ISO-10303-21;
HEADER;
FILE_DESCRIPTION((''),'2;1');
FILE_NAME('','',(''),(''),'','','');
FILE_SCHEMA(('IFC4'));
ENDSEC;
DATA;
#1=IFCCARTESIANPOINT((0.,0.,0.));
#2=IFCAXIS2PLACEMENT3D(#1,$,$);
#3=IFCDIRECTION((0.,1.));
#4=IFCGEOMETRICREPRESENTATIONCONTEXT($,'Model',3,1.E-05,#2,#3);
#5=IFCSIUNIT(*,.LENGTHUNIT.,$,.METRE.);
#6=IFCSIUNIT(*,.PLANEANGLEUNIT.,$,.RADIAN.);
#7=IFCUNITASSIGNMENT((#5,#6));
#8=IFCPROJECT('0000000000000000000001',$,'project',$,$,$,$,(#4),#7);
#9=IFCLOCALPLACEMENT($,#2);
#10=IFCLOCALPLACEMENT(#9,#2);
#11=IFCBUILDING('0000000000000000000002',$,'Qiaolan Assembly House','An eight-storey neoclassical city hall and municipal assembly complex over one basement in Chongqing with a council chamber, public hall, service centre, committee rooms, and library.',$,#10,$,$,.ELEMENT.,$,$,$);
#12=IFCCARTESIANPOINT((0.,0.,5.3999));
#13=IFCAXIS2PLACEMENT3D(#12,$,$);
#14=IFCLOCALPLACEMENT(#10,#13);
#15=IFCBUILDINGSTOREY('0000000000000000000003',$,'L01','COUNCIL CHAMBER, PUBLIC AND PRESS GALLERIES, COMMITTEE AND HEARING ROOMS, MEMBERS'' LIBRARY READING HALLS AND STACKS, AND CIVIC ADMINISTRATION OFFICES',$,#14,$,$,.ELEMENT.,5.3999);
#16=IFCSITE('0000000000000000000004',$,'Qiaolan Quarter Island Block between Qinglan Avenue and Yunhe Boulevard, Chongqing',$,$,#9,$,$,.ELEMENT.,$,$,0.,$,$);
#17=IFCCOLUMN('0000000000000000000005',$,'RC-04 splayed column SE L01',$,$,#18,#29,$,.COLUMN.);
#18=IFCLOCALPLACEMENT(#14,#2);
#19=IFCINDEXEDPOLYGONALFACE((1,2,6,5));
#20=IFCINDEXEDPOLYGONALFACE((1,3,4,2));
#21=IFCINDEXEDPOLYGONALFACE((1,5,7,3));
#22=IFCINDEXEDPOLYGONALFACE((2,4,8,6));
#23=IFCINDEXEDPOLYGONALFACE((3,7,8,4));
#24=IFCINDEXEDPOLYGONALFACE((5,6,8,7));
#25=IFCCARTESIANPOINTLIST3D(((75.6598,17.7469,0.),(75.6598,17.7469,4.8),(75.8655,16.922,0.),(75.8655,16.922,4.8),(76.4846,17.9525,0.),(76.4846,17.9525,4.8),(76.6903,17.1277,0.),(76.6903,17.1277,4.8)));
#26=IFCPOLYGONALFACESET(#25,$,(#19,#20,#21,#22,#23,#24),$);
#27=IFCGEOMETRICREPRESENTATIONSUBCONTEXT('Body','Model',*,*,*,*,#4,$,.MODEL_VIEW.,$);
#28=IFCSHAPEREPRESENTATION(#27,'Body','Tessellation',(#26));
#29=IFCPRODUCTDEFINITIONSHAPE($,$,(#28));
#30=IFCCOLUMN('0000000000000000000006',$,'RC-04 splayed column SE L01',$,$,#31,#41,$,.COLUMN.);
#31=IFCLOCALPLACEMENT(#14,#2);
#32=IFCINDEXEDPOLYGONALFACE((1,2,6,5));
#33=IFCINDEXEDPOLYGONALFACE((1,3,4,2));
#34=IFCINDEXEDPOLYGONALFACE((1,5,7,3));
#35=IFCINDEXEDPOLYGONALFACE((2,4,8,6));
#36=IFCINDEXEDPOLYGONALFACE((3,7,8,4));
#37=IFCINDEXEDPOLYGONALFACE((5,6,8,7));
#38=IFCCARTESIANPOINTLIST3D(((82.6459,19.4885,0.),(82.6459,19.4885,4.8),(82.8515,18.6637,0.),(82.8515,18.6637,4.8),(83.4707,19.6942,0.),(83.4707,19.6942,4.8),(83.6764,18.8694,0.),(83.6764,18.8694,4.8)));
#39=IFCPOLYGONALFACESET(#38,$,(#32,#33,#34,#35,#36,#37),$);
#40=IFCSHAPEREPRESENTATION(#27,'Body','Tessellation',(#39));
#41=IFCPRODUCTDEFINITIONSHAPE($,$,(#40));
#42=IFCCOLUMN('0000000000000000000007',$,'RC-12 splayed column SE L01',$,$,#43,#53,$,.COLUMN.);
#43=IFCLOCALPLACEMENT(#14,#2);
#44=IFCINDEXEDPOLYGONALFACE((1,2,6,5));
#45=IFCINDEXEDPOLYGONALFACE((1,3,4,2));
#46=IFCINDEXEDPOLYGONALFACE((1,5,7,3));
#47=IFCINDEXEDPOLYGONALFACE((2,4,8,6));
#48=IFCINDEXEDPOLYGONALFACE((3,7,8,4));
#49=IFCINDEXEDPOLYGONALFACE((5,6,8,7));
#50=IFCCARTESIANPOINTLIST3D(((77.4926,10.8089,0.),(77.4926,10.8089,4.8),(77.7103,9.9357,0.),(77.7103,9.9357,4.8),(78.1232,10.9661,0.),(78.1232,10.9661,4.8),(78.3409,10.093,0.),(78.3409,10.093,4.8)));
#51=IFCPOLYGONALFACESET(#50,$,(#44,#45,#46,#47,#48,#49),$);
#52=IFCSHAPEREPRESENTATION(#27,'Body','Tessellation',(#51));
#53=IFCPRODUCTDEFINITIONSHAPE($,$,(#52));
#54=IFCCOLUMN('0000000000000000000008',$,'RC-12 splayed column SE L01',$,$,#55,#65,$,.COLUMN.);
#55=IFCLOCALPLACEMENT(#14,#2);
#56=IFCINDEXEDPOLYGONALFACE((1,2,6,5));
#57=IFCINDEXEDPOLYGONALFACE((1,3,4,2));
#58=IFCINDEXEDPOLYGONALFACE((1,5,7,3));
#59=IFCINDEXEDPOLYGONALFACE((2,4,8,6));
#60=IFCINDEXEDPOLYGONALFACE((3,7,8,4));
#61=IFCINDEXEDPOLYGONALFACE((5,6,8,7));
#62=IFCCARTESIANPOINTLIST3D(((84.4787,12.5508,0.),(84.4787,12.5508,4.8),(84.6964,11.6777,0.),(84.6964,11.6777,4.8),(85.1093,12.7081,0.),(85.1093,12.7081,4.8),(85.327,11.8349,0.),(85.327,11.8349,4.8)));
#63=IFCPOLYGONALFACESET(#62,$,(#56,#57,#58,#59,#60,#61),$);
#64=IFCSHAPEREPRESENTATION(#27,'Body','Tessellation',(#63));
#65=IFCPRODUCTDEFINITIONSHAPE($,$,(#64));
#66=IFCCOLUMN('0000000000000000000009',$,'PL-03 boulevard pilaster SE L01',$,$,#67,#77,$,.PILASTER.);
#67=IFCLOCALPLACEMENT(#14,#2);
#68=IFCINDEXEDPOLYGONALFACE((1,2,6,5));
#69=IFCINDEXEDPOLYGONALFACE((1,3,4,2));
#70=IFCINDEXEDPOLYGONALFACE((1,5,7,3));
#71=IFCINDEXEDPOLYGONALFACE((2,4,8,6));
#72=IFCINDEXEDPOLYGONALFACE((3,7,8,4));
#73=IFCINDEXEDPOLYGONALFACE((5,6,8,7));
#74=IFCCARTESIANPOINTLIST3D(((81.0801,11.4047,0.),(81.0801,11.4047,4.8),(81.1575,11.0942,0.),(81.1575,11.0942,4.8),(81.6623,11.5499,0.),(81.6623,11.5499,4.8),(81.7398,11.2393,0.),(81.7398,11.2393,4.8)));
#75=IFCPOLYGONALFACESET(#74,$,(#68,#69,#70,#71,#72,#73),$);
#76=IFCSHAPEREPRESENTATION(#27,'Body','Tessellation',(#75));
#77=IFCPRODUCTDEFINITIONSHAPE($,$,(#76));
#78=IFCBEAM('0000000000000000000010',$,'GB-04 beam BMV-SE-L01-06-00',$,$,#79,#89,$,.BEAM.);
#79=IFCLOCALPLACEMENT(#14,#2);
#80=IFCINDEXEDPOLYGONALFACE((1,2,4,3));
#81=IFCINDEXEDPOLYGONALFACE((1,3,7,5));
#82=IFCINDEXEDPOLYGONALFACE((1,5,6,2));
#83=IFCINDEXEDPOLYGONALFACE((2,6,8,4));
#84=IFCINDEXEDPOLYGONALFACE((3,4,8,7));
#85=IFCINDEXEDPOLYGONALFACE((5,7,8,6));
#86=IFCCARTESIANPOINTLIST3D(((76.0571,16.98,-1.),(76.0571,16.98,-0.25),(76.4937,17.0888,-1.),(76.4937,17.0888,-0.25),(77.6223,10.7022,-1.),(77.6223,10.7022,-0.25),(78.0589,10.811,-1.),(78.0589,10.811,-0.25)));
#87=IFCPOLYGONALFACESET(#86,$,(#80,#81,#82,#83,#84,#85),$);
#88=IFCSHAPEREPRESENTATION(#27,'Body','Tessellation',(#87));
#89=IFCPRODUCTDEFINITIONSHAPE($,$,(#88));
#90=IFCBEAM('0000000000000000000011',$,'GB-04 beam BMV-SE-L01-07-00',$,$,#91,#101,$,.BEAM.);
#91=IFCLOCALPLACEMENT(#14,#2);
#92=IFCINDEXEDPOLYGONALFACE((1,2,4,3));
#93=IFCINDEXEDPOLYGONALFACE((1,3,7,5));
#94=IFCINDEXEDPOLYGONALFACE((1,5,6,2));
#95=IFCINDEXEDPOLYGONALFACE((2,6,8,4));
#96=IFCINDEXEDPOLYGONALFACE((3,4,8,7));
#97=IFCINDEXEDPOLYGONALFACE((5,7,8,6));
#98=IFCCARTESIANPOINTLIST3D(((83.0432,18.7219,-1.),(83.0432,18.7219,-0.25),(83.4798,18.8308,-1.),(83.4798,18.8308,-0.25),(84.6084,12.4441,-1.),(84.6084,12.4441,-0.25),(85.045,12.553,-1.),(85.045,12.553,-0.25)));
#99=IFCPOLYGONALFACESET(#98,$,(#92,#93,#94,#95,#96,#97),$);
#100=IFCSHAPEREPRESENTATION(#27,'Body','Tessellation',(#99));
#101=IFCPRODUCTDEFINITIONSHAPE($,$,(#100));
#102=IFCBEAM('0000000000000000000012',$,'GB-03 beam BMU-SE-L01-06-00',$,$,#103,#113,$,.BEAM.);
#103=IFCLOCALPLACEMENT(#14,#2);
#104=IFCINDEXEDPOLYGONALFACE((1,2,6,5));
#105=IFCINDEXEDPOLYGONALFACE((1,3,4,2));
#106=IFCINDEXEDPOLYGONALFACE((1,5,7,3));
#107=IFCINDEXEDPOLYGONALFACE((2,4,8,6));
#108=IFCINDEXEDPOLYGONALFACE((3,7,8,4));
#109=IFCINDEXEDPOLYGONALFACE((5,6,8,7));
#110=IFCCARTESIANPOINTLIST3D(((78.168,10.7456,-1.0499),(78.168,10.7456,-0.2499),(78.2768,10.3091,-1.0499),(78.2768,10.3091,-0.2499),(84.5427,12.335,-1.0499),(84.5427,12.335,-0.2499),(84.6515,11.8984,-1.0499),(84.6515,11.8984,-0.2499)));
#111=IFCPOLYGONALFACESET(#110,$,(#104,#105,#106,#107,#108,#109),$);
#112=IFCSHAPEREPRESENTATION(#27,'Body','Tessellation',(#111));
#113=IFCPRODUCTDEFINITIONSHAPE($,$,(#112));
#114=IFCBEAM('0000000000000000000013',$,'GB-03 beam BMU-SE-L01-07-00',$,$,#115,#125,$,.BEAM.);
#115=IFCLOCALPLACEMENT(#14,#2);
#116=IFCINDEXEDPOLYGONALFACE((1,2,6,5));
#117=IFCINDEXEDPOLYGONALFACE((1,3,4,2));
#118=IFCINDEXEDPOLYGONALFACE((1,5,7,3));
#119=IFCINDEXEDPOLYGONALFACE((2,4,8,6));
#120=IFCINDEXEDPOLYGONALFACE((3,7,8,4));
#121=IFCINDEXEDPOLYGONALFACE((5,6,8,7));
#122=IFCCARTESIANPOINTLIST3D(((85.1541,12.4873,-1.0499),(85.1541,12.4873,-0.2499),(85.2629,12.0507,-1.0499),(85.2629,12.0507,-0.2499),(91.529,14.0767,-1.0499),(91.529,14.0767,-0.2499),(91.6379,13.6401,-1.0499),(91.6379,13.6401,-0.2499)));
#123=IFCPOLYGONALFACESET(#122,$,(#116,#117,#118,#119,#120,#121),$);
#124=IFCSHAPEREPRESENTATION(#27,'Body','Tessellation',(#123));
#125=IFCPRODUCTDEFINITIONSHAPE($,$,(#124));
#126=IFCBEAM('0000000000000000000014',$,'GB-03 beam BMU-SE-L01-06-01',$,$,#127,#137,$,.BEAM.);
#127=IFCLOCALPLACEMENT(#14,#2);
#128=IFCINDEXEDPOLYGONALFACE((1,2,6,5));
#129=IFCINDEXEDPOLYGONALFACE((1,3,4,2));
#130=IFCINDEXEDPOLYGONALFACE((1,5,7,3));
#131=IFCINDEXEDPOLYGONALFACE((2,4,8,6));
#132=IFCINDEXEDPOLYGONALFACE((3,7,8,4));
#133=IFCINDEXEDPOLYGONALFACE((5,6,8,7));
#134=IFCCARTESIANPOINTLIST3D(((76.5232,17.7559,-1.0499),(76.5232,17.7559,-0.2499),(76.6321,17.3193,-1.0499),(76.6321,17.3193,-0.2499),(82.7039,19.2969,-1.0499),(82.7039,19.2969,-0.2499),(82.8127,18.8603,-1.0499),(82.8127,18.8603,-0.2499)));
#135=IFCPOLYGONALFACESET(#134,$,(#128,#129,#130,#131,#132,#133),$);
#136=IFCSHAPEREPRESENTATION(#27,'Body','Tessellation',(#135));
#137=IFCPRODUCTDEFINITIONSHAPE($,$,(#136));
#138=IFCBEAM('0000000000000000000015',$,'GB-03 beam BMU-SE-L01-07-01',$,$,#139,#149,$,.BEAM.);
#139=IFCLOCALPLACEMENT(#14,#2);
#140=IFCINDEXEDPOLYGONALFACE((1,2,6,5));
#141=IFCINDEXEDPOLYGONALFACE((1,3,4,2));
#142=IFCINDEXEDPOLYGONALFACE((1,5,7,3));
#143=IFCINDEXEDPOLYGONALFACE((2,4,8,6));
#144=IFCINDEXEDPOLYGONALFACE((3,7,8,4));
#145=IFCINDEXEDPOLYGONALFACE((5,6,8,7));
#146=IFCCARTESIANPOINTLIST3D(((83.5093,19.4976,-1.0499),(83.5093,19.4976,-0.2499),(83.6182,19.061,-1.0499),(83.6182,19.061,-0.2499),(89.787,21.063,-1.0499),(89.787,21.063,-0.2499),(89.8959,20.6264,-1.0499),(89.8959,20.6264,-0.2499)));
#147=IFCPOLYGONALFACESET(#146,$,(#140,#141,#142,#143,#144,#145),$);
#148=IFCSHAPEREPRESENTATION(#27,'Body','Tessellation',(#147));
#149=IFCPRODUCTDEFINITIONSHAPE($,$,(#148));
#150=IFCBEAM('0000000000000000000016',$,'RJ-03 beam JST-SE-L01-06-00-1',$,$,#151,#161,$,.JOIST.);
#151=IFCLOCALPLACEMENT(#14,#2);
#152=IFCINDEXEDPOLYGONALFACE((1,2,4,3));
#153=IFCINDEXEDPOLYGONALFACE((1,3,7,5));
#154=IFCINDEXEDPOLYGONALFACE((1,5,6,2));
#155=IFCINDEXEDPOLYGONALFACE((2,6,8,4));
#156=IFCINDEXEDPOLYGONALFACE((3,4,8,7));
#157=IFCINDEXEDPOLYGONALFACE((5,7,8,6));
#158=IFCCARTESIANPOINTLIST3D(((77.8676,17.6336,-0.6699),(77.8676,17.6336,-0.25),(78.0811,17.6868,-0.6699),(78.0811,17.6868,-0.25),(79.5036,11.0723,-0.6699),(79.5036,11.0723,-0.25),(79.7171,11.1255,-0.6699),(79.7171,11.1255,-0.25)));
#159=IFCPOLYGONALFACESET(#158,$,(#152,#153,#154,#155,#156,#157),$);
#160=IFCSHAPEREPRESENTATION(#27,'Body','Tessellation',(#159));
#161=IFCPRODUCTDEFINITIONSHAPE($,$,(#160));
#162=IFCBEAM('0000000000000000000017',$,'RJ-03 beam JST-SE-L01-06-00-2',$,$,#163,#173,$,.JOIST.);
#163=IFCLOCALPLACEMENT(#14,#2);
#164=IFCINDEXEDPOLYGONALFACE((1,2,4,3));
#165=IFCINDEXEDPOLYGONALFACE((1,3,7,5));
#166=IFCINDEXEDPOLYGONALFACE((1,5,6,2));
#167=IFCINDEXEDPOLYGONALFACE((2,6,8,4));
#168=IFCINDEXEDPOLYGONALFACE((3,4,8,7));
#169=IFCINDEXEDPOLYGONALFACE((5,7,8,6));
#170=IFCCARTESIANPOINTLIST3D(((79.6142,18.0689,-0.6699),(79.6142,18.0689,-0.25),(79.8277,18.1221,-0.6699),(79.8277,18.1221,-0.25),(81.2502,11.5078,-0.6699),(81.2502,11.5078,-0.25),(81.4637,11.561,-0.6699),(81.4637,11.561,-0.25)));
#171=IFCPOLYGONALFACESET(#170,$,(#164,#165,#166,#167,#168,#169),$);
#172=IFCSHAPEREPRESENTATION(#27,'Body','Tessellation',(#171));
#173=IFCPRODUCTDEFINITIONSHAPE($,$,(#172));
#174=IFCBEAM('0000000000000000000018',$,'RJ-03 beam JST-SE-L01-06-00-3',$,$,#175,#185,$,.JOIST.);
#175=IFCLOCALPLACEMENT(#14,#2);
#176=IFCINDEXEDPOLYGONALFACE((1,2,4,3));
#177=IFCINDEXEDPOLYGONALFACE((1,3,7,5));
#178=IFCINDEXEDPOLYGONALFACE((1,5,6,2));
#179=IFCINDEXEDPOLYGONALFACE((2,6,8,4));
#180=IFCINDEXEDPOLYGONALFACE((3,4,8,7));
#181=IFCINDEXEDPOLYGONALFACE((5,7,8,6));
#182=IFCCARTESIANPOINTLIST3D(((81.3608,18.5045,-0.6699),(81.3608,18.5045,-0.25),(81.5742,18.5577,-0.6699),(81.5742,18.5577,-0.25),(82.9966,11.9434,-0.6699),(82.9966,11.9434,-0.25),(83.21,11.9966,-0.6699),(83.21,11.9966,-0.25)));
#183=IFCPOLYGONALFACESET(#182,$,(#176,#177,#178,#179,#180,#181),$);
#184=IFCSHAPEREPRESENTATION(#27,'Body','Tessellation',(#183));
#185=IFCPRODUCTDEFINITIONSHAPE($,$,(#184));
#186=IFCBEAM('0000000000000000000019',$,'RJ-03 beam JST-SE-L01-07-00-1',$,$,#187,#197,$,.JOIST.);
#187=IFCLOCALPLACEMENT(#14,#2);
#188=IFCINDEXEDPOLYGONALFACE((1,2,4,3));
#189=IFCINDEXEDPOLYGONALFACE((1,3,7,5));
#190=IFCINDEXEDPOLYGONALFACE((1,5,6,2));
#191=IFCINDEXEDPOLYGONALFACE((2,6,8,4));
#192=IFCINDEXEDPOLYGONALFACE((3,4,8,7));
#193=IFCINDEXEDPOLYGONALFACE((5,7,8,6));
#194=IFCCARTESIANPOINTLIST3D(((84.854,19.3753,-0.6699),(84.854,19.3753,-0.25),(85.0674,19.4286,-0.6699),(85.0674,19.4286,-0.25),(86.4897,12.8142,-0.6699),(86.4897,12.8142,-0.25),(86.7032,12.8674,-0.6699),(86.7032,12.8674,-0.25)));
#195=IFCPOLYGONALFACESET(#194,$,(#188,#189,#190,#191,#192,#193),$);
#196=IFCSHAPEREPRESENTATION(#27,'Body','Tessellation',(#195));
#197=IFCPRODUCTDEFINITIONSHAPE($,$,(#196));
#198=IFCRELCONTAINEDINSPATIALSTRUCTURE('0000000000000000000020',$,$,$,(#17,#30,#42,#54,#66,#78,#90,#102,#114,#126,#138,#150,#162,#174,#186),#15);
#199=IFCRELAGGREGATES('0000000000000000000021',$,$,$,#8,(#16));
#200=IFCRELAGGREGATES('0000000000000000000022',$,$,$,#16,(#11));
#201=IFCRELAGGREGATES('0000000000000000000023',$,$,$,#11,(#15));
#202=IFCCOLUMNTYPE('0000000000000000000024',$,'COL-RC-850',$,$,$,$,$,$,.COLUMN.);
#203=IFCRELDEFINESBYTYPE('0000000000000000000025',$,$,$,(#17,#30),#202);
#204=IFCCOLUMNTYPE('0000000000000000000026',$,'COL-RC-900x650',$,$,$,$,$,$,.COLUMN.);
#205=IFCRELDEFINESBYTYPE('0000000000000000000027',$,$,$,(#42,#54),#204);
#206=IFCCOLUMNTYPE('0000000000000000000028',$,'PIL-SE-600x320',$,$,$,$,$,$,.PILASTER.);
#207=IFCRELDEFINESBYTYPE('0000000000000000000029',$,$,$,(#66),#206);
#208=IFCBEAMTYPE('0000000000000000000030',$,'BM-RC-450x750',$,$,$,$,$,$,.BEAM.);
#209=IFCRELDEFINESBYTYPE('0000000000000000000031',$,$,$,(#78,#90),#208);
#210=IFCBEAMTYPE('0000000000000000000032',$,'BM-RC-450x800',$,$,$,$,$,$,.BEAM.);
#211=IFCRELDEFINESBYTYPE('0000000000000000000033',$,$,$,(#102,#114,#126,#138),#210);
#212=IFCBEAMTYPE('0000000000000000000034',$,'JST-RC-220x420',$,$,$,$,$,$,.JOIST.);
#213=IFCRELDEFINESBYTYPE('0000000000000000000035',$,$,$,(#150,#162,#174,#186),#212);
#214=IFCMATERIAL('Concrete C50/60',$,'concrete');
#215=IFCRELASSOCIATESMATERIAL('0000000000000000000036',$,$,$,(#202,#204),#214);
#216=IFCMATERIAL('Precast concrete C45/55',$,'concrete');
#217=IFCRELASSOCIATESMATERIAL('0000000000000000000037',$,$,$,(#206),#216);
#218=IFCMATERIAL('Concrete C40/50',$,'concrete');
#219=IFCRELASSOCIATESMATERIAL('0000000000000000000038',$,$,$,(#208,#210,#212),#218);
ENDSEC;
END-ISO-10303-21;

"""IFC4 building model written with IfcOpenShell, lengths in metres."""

from ifc_helpers import new_model, si_unit, direction, frame, origin, origin_2d, place, context, subcontext, project, spatial, rectangle, extrude, material, material_profile, profile_set, type_object, element, save


model = new_model("IFC4")

# Units and contexts
model_context = context("Model", 3, precision=1e-05, world=origin(), true_north=direction((0.0, 1.0)))
body_context = subcontext(model_context, "Body", "Model", "MODEL_VIEW")
ifc_project = project(units=[si_unit("LENGTHUNIT", "METRE"), si_unit("PLANEANGLEUNIT", "RADIAN")], contexts=[model_context])

# Site, building, storey
site_placement = place(None, origin())
site = spatial("IfcSite", under=ifc_project, at=site_placement, Name="Qiaolan Quarter Island Block between Qinglan Avenue and Yunhe Boulevard, Chongqing", CompositionType="ELEMENT", RefElevation=0.0)
building_placement = place(site_placement, origin())
building = spatial("IfcBuilding", under=site, at=building_placement, Name="Qiaolan Assembly House", Description="An eight-storey neoclassical city hall and municipal assembly complex over one basement in Chongqing with a council chamber, public hall, service centre, committee rooms, and library.", CompositionType="ELEMENT")
storey_placement = place(building_placement, frame((0.0, 0.0, 5.3999)))
storey = spatial("IfcBuildingStorey", under=building, at=storey_placement, Name="L01", Description="COUNCIL CHAMBER, PUBLIC AND PRESS GALLERIES, COMMITTEE AND HEARING ROOMS, MEMBERS' LIBRARY READING HALLS AND STACKS, AND CIVIC ADMINISTRATION OFFICES", CompositionType="ELEMENT", Elevation=5.3999)

# Columns
ifc_material_1 = material(Name="Concrete C50/60", Category="concrete")
ifc_material_profile_1 = material_profile(ifc_material_1, rectangle(XDim=0.8501, YDim=0.8501, at=origin_2d()), Name="RC 850x850")
ifc_profile_set_1 = profile_set([ifc_material_profile_1], Name="Concrete C50/60")
column_type_1 = type_object("IfcColumnType", Name="COL-RC-850", PredefinedType="COLUMN", material=ifc_profile_set_1)
for number, where, z_axis, x_axis, name in (
    (1, (76.175, 17.4373, 0.0), (0.0, 0.0, 1.0), (0.970296, 0.241922, 0.0), "RC-04 splayed column SE L01"),
    (2, (83.1611, 19.179, 0.0), (0.0, 0.0, 1.0), (0.970296, 0.241922, 0.0), "RC-04 splayed column SE L01"),
):
    element("IfcColumn", number, at=place(storey_placement, frame(where, z_axis=z_axis, x_axis=x_axis)), inside=storey, type_object=column_type_1, Name=name, PredefinedType="COLUMN", context=body_context, shape_type="SweptSolid", body=[
        extrude(rectangle(XDim=0.8501, YDim=0.8501, at=origin_2d()), origin(), (0.0, 0.0, 1.0), 4.8),
    ])
ifc_material_profile_2 = material_profile(ifc_material_1, rectangle(XDim=0.6499, YDim=0.8999, at=origin_2d()), Name="RC 900x650")
ifc_profile_set_2 = profile_set([ifc_material_profile_2], Name="Concrete C50/60")
column_type_2 = type_object("IfcColumnType", Name="COL-RC-900x650", PredefinedType="COLUMN", material=ifc_profile_set_2)
for number, where, z_axis, x_axis, name in (
    (3, (77.9167, 10.4509, 0.0), (0.0, 0.0, 1.0), (0.970296, 0.241922, 0.0), "RC-12 splayed column SE L01"),
    (4, (84.9028, 12.1929, 0.0), (0.0, 0.0, 1.0), (0.970296, 0.241922, 0.0), "RC-12 splayed column SE L01"),
):
    element("IfcColumn", number, at=place(storey_placement, frame(where, z_axis=z_axis, x_axis=x_axis)), inside=storey, type_object=column_type_2, Name=name, PredefinedType="COLUMN", context=body_context, shape_type="SweptSolid", body=[
        extrude(rectangle(XDim=0.6499, YDim=0.8999, at=origin_2d()), origin(), (0.0, 0.0, 1.0), 4.8),
    ])
ifc_material_2 = material(Name="Precast concrete C45/55", Category="concrete")
ifc_material_profile_3 = material_profile(ifc_material_2, rectangle(XDim=0.6001, YDim=0.3201, at=origin_2d()), Name="PIL 600x320")
ifc_profile_set_3 = profile_set([ifc_material_profile_3], Name="Precast concrete C45/55")
column_type_3 = type_object("IfcColumnType", Name="PIL-SE-600x320", PredefinedType="PILASTER", material=ifc_profile_set_3)
column_placement = place(storey_placement, frame((81.4099, 11.322, 0.0), z_axis=(0.0, 0.0, 1.0), x_axis=(0.970296, 0.241922, 0.0)))
element("IfcColumn", 5, at=column_placement, inside=storey, type_object=column_type_3, Name="PL-03 boulevard pilaster SE L01", PredefinedType="PILASTER", context=body_context, shape_type="SweptSolid", body=[
    extrude(rectangle(XDim=0.6001, YDim=0.3201, at=origin_2d()), origin(), (0.0, 0.0, 1.0), 4.8),
])

# Beams
ifc_material_3 = material(Name="Concrete C40/50", Category="concrete")
ifc_material_profile_4 = material_profile(ifc_material_3, rectangle(XDim=0.45, YDim=0.75, at=origin_2d()), Name="RCB 450x750")
ifc_profile_set_4 = profile_set([ifc_material_profile_4], Name="Concrete C40/50")
beam_type_1 = type_object("IfcBeamType", Name="BM-RC-450x750", PredefinedType="BEAM", material=ifc_profile_set_4)
for number, where, z_axis, x_axis, name in (
    (6, (77.8406, 10.7566, -0.625), (-0.241914, 0.970298, 0.0), (-0.970298, -0.241914, 0.0), "GB-04 beam BMV-SE-L01-06-00"),
    (7, (84.8267, 12.4985, -0.625), (-0.241914, 0.970298, 0.0), (-0.970298, -0.241914, 0.0), "GB-04 beam BMV-SE-L01-07-00"),
):
    element("IfcBeam", number, at=place(storey_placement, frame(where, z_axis=z_axis, x_axis=x_axis)), inside=storey, type_object=beam_type_1, Name=name, PredefinedType="BEAM", context=body_context, shape_type="SweptSolid", body=[
        extrude(rectangle(XDim=0.45, YDim=0.75, at=origin_2d()), origin(), (0.0, 0.0, 1.0), 6.47),
    ])
ifc_material_profile_5 = material_profile(ifc_material_3, rectangle(XDim=0.45, YDim=0.8, at=origin_2d()), Name="RCB 450x800")
ifc_profile_set_5 = profile_set([ifc_material_profile_5], Name="Concrete C40/50")
beam_type_2 = type_object("IfcBeamType", Name="BM-RC-450x800", PredefinedType="BEAM", material=ifc_profile_set_5)
beam_1_placement = place(storey_placement, frame((78.2224, 10.5273, -0.6499), z_axis=(0.970298, 0.241915, 0.0), x_axis=(-0.241915, 0.970298, 0.0)))
element("IfcBeam", 8, at=beam_1_placement, inside=storey, type_object=beam_type_2, Name="GB-03 beam BMU-SE-L01-06-00", PredefinedType="BEAM", context=body_context, shape_type="SweptSolid", body=[
    extrude(rectangle(XDim=0.45, YDim=0.8, at=origin_2d()), origin(), (0.0, 0.0, 1.0), 6.5698),
])
beam_2_placement = place(storey_placement, frame((85.2085, 12.269, -0.6499), z_axis=(0.9703, 0.241906, 0.0), x_axis=(-0.241906, 0.9703, 0.0)))
element("IfcBeam", 9, at=beam_2_placement, inside=storey, type_object=beam_type_2, Name="GB-03 beam BMU-SE-L01-07-00", PredefinedType="BEAM", context=body_context, shape_type="SweptSolid", body=[
    extrude(rectangle(XDim=0.45, YDim=0.8, at=origin_2d()), origin(), (0.0, 0.0, 1.0), 6.5701),
])
beam_3_placement = place(storey_placement, frame((76.5776, 17.5376, -0.6499), z_axis=(0.970296, 0.241922, 0.0), x_axis=(-0.241922, 0.970296, 0.0)))
element("IfcBeam", 10, at=beam_3_placement, inside=storey, type_object=beam_type_2, Name="GB-03 beam BMU-SE-L01-06-01", PredefinedType="BEAM", context=body_context, shape_type="SweptSolid", body=[
    extrude(rectangle(XDim=0.45, YDim=0.8, at=origin_2d()), origin(), (0.0, 0.0, 1.0), 6.3699),
])
beam_4_placement = place(storey_placement, frame((83.5637, 19.2793, -0.6499), z_axis=(0.970289, 0.24195, 0.0), x_axis=(-0.24195, 0.970289, 0.0)))
element("IfcBeam", 11, at=beam_4_placement, inside=storey, type_object=beam_type_2, Name="GB-03 beam BMU-SE-L01-07-01", PredefinedType="BEAM", context=body_context, shape_type="SweptSolid", body=[
    extrude(rectangle(XDim=0.45, YDim=0.8, at=origin_2d()), origin(), (0.0, 0.0, 1.0), 6.47),
])
ifc_material_profile_6 = material_profile(ifc_material_3, rectangle(XDim=0.22, YDim=0.4199, at=origin_2d()), Name="RCB 220x420")
ifc_profile_set_6 = profile_set([ifc_material_profile_6], Name="Concrete C40/50")
beam_type_3 = type_object("IfcBeamType", Name="JST-RC-220x420", PredefinedType="JOIST", material=ifc_profile_set_6)
beam_5_placement = place(storey_placement, frame((79.6104, 11.0989, -0.46), z_axis=(-0.241932, 0.970293, 0.0), x_axis=(-0.970293, -0.241932, 0.0)))
element("IfcBeam", 12, at=beam_5_placement, inside=storey, type_object=beam_type_3, Name="RJ-03 beam JST-SE-L01-06-00-1", PredefinedType="JOIST", context=body_context, shape_type="SweptSolid", body=[
    extrude(rectangle(XDim=0.22, YDim=0.4199, at=origin_2d()), origin(), (0.0, 0.0, 1.0), 6.7622),
])
for number, where, z_axis, x_axis, name in (
    (13, (81.3569, 11.5344, -0.46), (-0.241941, 0.970291, 0.0), (-0.970291, -0.241941, 0.0), "RJ-03 beam JST-SE-L01-06-00-2"),
    (14, (83.1033, 11.97, -0.46), (-0.241907, 0.970299, 0.0), (-0.970299, -0.241907, 0.0), "RJ-03 beam JST-SE-L01-06-00-3"),
    (15, (86.5964, 12.8408, -0.46), (-0.241907, 0.970299, 0.0), (-0.970299, -0.241907, 0.0), "RJ-03 beam JST-SE-L01-07-00-1"),
):
    element("IfcBeam", number, at=place(storey_placement, frame(where, z_axis=z_axis, x_axis=x_axis)), inside=storey, type_object=beam_type_3, Name=name, PredefinedType="JOIST", context=body_context, shape_type="SweptSolid", body=[
        extrude(rectangle(XDim=0.22, YDim=0.4199, at=origin_2d()), origin(), (0.0, 0.0, 1.0), 6.762),
    ])

save(model, "model.ifc")
